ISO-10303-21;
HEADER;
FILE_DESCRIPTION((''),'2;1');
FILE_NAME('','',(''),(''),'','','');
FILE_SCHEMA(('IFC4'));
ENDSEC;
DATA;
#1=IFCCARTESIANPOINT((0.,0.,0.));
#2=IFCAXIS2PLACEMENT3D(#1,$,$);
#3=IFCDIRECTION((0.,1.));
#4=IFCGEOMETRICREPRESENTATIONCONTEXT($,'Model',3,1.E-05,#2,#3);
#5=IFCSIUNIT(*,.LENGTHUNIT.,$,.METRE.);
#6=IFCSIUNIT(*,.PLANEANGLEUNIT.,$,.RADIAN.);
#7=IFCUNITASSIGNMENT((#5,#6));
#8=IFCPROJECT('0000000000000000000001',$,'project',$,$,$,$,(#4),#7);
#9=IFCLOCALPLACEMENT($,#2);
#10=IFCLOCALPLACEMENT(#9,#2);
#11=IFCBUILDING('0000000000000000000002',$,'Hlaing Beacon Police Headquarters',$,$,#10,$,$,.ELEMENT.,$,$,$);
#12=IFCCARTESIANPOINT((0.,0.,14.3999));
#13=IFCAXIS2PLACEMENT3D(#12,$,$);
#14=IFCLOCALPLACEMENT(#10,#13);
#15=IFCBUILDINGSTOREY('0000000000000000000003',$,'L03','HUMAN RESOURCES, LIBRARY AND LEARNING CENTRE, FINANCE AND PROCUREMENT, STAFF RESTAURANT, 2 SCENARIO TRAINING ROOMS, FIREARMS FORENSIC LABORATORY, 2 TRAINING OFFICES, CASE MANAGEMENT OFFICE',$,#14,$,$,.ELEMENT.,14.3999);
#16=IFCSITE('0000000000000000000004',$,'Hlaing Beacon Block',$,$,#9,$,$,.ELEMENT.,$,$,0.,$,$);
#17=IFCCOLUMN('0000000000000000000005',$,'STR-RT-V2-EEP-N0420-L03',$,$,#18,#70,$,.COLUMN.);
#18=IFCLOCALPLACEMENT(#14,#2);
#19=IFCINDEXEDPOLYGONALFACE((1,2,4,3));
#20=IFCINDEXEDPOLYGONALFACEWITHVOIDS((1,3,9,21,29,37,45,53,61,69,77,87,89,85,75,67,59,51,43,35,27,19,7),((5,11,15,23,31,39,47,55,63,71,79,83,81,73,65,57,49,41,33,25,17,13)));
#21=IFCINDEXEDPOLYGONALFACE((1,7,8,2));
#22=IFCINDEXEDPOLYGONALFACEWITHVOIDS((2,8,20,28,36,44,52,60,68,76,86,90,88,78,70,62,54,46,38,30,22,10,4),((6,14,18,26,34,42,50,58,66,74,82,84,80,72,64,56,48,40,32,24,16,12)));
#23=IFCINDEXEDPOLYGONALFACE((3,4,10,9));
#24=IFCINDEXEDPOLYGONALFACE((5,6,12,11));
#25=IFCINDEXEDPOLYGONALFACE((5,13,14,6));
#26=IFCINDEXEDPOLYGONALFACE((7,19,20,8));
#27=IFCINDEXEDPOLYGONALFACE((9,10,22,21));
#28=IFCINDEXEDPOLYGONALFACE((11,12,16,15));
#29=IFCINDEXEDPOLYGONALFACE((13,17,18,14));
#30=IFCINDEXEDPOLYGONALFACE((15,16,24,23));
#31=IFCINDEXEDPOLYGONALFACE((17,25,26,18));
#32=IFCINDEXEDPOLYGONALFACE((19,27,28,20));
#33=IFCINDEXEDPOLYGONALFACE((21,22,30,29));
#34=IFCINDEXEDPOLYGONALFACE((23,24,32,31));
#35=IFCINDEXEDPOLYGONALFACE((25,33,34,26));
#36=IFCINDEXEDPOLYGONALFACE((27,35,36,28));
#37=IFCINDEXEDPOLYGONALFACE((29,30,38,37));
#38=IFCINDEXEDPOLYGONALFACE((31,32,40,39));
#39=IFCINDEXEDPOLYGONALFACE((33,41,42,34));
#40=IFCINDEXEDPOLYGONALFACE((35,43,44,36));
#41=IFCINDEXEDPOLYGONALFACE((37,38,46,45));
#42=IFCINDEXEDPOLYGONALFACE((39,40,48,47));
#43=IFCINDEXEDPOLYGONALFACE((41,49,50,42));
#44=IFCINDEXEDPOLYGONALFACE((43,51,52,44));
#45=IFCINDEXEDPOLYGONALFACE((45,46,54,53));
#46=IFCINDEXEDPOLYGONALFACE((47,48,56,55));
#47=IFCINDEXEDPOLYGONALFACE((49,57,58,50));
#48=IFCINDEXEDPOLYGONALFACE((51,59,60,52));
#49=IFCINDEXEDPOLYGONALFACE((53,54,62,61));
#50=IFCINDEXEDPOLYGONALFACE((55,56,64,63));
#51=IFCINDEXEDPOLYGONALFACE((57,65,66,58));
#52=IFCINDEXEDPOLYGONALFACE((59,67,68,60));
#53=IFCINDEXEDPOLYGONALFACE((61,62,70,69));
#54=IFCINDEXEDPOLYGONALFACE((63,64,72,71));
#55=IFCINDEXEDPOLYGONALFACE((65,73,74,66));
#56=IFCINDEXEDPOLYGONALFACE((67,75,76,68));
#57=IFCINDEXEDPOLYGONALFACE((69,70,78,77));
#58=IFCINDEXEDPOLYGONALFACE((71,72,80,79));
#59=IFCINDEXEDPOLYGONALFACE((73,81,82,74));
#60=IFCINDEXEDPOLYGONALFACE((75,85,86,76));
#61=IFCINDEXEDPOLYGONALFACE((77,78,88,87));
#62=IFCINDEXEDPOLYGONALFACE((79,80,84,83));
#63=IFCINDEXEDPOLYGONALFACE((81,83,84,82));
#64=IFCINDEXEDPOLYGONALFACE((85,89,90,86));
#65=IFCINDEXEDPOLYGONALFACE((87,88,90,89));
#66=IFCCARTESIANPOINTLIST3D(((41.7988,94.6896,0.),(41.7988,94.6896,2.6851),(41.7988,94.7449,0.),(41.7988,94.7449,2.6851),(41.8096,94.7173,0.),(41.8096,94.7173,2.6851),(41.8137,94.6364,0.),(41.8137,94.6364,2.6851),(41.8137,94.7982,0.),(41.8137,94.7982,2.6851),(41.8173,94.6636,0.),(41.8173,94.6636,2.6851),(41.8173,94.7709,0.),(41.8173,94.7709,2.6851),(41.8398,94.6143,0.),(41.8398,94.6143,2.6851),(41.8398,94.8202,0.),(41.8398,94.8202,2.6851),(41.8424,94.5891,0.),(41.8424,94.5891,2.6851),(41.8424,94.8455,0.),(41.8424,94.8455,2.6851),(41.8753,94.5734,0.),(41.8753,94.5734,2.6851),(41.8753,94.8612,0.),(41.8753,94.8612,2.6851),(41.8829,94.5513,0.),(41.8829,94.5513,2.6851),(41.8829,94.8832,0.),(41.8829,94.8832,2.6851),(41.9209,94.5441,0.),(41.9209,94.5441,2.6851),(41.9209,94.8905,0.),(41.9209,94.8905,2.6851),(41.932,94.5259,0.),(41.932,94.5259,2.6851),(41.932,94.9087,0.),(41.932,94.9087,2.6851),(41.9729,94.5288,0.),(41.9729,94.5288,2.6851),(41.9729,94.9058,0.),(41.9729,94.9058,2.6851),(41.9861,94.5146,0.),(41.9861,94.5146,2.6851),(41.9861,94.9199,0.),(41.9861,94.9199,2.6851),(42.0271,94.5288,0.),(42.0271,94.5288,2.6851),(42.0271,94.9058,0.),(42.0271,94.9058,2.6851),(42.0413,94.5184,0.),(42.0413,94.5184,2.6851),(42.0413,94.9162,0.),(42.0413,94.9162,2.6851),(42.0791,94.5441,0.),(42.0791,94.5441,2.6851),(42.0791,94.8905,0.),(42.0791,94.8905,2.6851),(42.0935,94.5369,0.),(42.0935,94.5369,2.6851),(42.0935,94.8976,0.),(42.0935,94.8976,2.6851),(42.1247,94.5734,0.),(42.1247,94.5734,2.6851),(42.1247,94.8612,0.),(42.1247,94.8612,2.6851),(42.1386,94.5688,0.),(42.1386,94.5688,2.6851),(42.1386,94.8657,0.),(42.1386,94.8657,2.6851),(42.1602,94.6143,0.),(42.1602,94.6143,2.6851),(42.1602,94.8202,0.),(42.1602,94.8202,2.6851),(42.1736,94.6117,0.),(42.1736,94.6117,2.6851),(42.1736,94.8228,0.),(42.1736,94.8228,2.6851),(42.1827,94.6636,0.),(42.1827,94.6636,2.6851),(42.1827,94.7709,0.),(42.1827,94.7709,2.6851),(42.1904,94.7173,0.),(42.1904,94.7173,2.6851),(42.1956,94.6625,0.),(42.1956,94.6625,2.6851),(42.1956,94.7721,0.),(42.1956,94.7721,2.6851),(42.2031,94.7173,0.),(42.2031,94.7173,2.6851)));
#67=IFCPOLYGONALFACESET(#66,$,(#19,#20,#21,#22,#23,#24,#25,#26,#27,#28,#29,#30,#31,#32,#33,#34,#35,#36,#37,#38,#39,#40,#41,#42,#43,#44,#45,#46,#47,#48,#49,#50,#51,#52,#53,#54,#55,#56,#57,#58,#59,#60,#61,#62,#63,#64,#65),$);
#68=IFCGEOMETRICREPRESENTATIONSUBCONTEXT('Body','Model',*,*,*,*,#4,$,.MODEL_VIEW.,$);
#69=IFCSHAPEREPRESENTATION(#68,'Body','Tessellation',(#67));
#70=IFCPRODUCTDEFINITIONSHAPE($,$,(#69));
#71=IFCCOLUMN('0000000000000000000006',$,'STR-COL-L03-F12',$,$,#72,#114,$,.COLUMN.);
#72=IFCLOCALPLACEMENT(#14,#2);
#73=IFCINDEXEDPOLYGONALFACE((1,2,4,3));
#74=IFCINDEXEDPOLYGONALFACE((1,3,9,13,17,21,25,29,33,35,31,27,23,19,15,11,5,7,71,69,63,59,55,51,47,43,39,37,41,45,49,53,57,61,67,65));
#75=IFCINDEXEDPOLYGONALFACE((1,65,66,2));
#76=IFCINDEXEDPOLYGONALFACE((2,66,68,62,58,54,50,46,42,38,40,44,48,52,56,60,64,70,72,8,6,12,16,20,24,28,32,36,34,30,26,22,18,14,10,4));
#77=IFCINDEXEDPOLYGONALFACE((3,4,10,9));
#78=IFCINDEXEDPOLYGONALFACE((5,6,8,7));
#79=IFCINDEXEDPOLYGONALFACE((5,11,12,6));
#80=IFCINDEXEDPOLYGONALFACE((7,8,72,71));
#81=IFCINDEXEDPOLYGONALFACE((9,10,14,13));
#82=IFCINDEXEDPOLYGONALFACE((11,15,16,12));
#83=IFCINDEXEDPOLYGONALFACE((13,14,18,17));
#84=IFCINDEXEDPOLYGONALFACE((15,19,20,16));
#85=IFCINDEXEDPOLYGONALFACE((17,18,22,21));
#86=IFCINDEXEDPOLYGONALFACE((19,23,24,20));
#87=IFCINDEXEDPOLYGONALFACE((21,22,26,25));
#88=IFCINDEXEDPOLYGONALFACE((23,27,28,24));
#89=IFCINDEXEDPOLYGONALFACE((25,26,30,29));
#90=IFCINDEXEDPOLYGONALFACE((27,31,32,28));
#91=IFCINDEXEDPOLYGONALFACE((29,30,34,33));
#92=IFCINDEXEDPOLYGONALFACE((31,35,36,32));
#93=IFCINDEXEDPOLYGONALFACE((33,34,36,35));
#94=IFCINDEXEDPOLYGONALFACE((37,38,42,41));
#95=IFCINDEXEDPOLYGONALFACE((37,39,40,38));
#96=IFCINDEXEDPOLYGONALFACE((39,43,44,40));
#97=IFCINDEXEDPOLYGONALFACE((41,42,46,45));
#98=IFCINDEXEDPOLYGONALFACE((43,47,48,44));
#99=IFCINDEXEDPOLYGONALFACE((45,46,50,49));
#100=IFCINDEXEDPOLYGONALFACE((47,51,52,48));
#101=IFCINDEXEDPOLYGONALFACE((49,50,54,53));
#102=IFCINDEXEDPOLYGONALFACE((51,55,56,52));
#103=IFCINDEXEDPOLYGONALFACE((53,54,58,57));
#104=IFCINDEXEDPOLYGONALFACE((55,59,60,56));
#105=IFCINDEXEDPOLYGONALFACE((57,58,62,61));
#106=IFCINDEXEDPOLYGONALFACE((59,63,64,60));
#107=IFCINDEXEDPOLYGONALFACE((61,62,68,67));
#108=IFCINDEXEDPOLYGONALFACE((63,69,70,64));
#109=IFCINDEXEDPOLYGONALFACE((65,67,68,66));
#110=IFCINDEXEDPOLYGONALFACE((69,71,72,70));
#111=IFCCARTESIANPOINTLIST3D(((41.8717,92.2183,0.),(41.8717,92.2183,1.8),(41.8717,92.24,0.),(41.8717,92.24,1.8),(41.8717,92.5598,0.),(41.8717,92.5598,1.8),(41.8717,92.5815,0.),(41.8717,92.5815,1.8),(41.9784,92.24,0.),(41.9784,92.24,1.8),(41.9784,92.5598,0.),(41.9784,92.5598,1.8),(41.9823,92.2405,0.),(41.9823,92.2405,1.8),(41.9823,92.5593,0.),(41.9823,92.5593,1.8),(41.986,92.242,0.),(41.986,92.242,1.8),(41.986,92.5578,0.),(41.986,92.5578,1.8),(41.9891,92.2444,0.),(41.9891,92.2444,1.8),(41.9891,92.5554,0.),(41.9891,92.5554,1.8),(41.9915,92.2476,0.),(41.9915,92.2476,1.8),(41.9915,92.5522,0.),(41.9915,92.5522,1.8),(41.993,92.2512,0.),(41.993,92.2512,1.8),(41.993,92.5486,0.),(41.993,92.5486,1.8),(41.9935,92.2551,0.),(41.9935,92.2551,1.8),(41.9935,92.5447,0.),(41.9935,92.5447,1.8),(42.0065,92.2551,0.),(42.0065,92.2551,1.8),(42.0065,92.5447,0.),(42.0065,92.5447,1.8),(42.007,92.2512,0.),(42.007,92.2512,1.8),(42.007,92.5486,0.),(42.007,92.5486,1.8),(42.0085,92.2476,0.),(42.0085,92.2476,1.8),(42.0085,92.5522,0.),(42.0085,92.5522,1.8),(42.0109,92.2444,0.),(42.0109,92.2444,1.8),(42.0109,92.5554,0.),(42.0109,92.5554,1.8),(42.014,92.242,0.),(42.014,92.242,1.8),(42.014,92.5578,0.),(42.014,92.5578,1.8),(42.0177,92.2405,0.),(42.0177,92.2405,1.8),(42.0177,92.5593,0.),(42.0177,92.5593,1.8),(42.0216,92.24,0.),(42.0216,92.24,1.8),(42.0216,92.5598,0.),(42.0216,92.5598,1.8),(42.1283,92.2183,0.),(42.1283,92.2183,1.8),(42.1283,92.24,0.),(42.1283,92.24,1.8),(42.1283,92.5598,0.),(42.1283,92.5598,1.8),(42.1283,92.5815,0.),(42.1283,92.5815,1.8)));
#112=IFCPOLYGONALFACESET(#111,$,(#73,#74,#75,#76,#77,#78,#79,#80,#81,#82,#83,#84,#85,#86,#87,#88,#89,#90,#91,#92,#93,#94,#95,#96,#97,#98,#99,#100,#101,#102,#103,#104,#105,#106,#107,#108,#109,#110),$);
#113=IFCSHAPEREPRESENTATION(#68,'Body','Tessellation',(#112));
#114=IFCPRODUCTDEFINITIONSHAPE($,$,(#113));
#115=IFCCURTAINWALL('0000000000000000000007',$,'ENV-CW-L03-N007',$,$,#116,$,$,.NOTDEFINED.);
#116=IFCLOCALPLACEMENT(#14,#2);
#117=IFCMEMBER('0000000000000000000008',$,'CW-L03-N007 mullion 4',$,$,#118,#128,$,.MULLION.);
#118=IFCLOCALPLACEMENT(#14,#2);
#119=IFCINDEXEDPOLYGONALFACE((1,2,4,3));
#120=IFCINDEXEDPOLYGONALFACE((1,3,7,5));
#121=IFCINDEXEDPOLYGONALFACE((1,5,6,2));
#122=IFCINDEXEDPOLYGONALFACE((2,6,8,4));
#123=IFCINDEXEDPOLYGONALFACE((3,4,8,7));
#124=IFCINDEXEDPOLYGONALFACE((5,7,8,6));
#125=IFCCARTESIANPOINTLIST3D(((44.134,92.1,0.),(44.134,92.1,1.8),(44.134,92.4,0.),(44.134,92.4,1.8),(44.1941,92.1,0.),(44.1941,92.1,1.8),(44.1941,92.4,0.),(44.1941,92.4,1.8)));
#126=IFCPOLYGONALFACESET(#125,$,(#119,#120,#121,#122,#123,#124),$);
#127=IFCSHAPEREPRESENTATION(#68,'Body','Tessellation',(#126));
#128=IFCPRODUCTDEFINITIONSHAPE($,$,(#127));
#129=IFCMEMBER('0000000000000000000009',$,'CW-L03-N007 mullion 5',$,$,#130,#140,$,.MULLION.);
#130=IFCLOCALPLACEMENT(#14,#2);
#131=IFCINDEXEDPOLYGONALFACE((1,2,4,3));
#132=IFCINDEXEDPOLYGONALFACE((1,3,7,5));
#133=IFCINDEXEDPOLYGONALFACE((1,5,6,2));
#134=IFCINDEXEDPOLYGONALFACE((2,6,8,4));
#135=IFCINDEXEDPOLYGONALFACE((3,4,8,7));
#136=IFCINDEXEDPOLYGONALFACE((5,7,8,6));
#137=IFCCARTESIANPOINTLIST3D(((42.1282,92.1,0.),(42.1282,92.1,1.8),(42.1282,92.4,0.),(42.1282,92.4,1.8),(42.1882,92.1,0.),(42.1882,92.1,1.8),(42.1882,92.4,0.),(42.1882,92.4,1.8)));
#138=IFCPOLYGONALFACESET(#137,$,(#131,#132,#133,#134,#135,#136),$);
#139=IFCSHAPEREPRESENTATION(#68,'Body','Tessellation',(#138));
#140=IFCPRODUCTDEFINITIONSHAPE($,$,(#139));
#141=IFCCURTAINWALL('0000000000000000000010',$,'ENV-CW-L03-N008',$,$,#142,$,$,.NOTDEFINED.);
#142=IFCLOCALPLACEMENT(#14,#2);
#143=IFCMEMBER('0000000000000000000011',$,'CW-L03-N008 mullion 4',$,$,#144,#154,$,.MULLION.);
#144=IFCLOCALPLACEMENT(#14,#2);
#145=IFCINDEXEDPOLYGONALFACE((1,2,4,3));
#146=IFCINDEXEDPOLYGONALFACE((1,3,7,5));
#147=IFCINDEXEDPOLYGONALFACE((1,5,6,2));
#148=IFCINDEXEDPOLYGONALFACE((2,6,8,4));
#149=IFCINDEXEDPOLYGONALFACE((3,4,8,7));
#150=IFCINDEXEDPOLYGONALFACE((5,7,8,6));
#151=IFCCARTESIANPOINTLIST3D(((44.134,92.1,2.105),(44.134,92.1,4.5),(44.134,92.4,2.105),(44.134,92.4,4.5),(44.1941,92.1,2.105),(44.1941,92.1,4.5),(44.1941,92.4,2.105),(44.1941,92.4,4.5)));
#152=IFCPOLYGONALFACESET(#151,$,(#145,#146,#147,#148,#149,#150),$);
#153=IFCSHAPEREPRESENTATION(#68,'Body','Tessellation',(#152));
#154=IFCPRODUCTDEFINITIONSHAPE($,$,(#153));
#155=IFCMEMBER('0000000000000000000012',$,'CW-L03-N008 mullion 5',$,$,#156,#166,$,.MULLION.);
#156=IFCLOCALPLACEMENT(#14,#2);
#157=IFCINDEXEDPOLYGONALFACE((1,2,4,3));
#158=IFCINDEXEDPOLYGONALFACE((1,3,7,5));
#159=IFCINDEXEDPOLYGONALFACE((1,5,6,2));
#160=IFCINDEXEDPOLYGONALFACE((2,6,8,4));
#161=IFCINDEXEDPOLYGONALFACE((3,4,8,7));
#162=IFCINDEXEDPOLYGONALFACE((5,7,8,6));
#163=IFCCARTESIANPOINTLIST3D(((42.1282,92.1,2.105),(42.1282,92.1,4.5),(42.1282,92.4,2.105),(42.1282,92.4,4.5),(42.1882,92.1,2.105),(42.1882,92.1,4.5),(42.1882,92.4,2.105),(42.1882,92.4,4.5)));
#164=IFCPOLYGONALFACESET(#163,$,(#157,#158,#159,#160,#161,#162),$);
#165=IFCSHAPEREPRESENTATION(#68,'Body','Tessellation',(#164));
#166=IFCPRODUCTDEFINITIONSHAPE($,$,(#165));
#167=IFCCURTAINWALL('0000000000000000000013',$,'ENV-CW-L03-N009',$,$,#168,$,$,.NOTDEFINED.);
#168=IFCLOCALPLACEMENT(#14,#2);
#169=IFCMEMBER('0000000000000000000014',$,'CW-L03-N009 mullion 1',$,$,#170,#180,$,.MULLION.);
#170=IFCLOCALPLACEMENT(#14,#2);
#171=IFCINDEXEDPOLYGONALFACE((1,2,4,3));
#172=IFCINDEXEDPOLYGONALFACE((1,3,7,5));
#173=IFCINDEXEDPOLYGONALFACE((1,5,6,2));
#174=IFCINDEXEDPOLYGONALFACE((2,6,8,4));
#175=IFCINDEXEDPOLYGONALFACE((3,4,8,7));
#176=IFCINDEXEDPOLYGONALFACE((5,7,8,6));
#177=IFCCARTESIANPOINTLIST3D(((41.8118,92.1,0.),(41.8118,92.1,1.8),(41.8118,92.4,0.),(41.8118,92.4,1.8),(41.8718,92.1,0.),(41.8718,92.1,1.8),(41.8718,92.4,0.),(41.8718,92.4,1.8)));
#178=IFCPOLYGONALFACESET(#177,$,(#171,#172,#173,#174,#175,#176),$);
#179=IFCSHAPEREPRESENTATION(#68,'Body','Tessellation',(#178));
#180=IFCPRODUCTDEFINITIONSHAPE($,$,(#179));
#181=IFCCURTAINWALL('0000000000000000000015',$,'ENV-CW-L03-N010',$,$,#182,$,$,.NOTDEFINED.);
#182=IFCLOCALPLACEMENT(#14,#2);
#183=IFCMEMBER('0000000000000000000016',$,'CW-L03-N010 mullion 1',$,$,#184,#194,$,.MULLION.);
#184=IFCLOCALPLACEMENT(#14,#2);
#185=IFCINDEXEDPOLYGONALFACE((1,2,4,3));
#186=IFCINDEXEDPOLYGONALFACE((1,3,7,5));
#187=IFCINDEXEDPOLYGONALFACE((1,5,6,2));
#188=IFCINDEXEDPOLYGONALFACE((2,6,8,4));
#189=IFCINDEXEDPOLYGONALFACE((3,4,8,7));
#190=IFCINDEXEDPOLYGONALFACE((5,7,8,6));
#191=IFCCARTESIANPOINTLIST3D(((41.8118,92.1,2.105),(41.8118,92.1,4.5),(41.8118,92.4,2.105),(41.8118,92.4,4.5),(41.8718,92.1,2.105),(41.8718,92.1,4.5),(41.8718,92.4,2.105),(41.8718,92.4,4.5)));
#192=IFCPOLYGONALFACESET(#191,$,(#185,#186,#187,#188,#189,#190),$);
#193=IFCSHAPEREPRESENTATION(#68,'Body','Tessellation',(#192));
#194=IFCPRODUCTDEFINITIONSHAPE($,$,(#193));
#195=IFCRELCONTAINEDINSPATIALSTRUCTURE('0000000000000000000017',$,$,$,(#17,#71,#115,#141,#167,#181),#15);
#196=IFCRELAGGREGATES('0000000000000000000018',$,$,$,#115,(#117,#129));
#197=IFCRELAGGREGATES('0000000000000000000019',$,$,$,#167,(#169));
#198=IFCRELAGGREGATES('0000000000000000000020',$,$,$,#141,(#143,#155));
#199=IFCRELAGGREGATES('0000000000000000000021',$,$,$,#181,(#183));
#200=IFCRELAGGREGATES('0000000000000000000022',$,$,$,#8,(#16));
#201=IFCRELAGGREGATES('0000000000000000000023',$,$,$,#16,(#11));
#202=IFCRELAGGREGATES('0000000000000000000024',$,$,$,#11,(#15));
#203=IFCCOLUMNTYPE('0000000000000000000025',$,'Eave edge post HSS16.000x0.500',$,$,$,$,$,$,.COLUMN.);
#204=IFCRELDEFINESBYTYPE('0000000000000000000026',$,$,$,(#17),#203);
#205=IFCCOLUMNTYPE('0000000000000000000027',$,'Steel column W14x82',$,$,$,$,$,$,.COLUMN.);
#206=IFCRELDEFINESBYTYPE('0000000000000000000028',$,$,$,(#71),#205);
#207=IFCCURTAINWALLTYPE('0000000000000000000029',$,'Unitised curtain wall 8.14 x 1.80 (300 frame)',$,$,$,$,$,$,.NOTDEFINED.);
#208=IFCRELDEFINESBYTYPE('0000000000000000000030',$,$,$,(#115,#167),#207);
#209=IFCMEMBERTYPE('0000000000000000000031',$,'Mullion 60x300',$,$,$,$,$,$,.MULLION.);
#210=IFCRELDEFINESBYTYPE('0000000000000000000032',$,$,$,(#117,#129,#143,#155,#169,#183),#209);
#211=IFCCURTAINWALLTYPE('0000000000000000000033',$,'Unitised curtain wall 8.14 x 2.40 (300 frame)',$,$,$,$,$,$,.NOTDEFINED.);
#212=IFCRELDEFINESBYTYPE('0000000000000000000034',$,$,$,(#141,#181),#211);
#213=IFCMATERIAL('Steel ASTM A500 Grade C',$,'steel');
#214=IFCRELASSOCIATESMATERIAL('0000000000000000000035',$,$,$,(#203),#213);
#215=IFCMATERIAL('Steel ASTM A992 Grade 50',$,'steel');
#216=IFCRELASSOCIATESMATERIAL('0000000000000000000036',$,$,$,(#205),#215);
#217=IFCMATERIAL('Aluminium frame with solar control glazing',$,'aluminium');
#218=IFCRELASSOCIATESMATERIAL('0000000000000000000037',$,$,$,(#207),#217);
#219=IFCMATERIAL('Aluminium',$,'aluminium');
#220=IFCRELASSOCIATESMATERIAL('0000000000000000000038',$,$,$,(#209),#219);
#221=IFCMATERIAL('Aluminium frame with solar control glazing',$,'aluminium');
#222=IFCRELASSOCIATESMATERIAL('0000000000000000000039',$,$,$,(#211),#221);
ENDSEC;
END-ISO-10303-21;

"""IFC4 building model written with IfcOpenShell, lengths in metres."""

from ifc_helpers import new_model, si_unit, direction, frame, origin, origin_2d, place, context, subcontext, project, spatial, rectangle, hollow_circle, i_section, extrude, material, material_profile, profile_set, type_object, element, aggregate, save


model = new_model("IFC4")

# Units and contexts
model_context = context("Model", 3, precision=1e-05, world=origin(), true_north=direction((0.0, 1.0)))
body_context = subcontext(model_context, "Body", "Model", "MODEL_VIEW")
ifc_project = project(units=[si_unit("LENGTHUNIT", "METRE"), si_unit("PLANEANGLEUNIT", "RADIAN")], contexts=[model_context])

# Site, building, storey
site_placement = place(None, origin())
site = spatial("IfcSite", under=ifc_project, at=site_placement, Name="Hlaing Beacon Block", CompositionType="ELEMENT", RefElevation=0.0)
building_placement = place(site_placement, origin())
building = spatial("IfcBuilding", under=site, at=building_placement, Name="Hlaing Beacon Police Headquarters", CompositionType="ELEMENT")
storey_placement = place(building_placement, frame((0.0, 0.0, 14.3999)))
storey = spatial("IfcBuildingStorey", under=building, at=storey_placement, Name="L03", Description="HUMAN RESOURCES, LIBRARY AND LEARNING CENTRE, FINANCE AND PROCUREMENT, STAFF RESTAURANT, 2 SCENARIO TRAINING ROOMS, FIREARMS FORENSIC LABORATORY, 2 TRAINING OFFICES, CASE MANAGEMENT OFFICE", CompositionType="ELEMENT", Elevation=14.3999)

# Columns
ifc_material_1 = material(Name="Steel ASTM A500 Grade C", Category="steel")
ifc_material_profile_1 = material_profile(ifc_material_1, hollow_circle(Radius=0.2031, WallThickness=0.0127, at=origin_2d()), Name="HSS16.000x0.500")
ifc_profile_set_1 = profile_set([ifc_material_profile_1], Name="Steel ASTM A500 Grade C")
column_type_1 = type_object("IfcColumnType", Name="Eave edge post HSS16.000x0.500", PredefinedType="COLUMN", material=ifc_profile_set_1)
column_1_placement = place(storey_placement, frame((42.0, 94.7173, 0.0), z_axis=(0.0, 0.0, 1.0), x_axis=(1.0, 0.0, 0.0)))
element("IfcColumn", 1, at=column_1_placement, inside=storey, type_object=column_type_1, Name="STR-RT-V2-EEP-N0420-L03", PredefinedType="COLUMN", context=body_context, shape_type="SweptSolid", body=[
    extrude(hollow_circle(Radius=0.2031, WallThickness=0.0127, at=origin_2d()), origin(), (0.0, 0.0, 1.0), 2.6851),
])
ifc_material_2 = material(Name="Steel ASTM A992 Grade 50", Category="steel")
ifc_material_profile_2 = material_profile(ifc_material_2, i_section(OverallWidth=0.2566, OverallDepth=0.3633, WebThickness=0.0129, FlangeThickness=0.0217, FilletRadius=0.0151, at=origin_2d()), Name="W14x82")
ifc_profile_set_2 = profile_set([ifc_material_profile_2], Name="Steel ASTM A992 Grade 50")
column_type_2 = type_object("IfcColumnType", Name="Steel column W14x82", PredefinedType="COLUMN", material=ifc_profile_set_2)
column_2_placement = place(storey_placement, frame((42.0, 92.3999, 0.0), z_axis=(0.0, 0.0, 1.0), x_axis=(1.0, 0.0, 0.0)))
element("IfcColumn", 2, at=column_2_placement, inside=storey, type_object=column_type_2, Name="STR-COL-L03-F12", PredefinedType="COLUMN", context=body_context, shape_type="SweptSolid", body=[
    extrude(i_section(OverallWidth=0.2566, OverallDepth=0.3633, WebThickness=0.0129, FlangeThickness=0.0217, FilletRadius=0.0151, at=origin_2d()), origin(), (0.0, 0.0, 1.0), 1.8),
])

# Curtain walls, members
ifc_material_3 = material(Name="Aluminium frame with solar control glazing", Category="aluminium")
curtain_wall_type_1 = type_object("IfcCurtainWallType", Name="Unitised curtain wall 8.14 x 1.80 (300 frame)", PredefinedType="NOTDEFINED", material=ifc_material_3)
curtain_wall_1_placement = place(storey_placement, origin())
curtain_wall_1 = element("IfcCurtainWall", 3, at=curtain_wall_1_placement, inside=storey, type_object=curtain_wall_type_1, Name="ENV-CW-L03-N007", PredefinedType="NOTDEFINED")
ifc_material_4 = material(Name="Aluminium", Category="aluminium")
ifc_material_profile_3 = material_profile(ifc_material_4, rectangle(XDim=0.3, YDim=0.0601, at=origin_2d()), Name="Mullion 60x300")
ifc_profile_set_3 = profile_set([ifc_material_profile_3], Name="Aluminium")
member_type_1 = type_object("IfcMemberType", Name="Mullion 60x300", PredefinedType="MULLION", material=ifc_profile_set_3)
member_1_placement = place(storey_placement, frame((44.1641, 92.25, 0.0), z_axis=(0.0, 0.0, 1.0), x_axis=(0.0, -1.0, 0.0)))
member_1 = element("IfcMember", 4, at=member_1_placement, type_object=member_type_1, Name="CW-L03-N007 mullion 4", PredefinedType="MULLION", context=body_context, shape_type="SweptSolid", body=[
    extrude(rectangle(XDim=0.3, YDim=0.0601, at=origin_2d()), origin(), (0.0, 0.0, 1.0), 1.8),
])
member_2_placement = place(storey_placement, frame((42.1582, 92.25, 0.0), z_axis=(0.0, 0.0, 1.0), x_axis=(0.0, -1.0, 0.0)))
member_2 = element("IfcMember", 5, at=member_2_placement, type_object=member_type_1, Name="CW-L03-N007 mullion 5", PredefinedType="MULLION", context=body_context, shape_type="SweptSolid", body=[
    extrude(rectangle(XDim=0.3, YDim=0.0601, at=origin_2d()), origin(), (0.0, 0.0, 1.0), 1.8),
])
ifc_material_5 = material(Name="Aluminium frame with solar control glazing", Category="aluminium")
curtain_wall_type_2 = type_object("IfcCurtainWallType", Name="Unitised curtain wall 8.14 x 2.40 (300 frame)", PredefinedType="NOTDEFINED", material=ifc_material_5)
curtain_wall_2_placement = place(storey_placement, origin())
curtain_wall_2 = element("IfcCurtainWall", 6, at=curtain_wall_2_placement, inside=storey, type_object=curtain_wall_type_2, Name="ENV-CW-L03-N008", PredefinedType="NOTDEFINED")
member_3_placement = place(storey_placement, frame((44.1641, 92.25, 2.105), z_axis=(0.0, 0.0, 1.0), x_axis=(0.0, -1.0, 0.0)))
member_3 = element("IfcMember", 7, at=member_3_placement, type_object=member_type_1, Name="CW-L03-N008 mullion 4", PredefinedType="MULLION", context=body_context, shape_type="SweptSolid", body=[
    extrude(rectangle(XDim=0.3, YDim=0.0601, at=origin_2d()), origin(), (0.0, 0.0, 1.0), 2.395),
])
member_4_placement = place(storey_placement, frame((42.1582, 92.25, 2.105), z_axis=(0.0, 0.0, 1.0), x_axis=(0.0, -1.0, 0.0)))
member_4 = element("IfcMember", 8, at=member_4_placement, type_object=member_type_1, Name="CW-L03-N008 mullion 5", PredefinedType="MULLION", context=body_context, shape_type="SweptSolid", body=[
    extrude(rectangle(XDim=0.3, YDim=0.0601, at=origin_2d()), origin(), (0.0, 0.0, 1.0), 2.395),
])

# Curtain walls, members
curtain_wall_3_placement = place(storey_placement, origin())
curtain_wall_3 = element("IfcCurtainWall", 9, at=curtain_wall_3_placement, inside=storey, type_object=curtain_wall_type_1, Name="ENV-CW-L03-N009", PredefinedType="NOTDEFINED")
member_5_placement = place(storey_placement, frame((41.8418, 92.25, 0.0), z_axis=(0.0, 0.0, 1.0), x_axis=(0.0, -1.0, 0.0)))
member_5 = element("IfcMember", 10, at=member_5_placement, type_object=member_type_1, Name="CW-L03-N009 mullion 1", PredefinedType="MULLION", context=body_context, shape_type="SweptSolid", body=[
    extrude(rectangle(XDim=0.3, YDim=0.0601, at=origin_2d()), origin(), (0.0, 0.0, 1.0), 1.8),
])
curtain_wall_4_placement = place(storey_placement, origin())
curtain_wall_4 = element("IfcCurtainWall", 11, at=curtain_wall_4_placement, inside=storey, type_object=curtain_wall_type_2, Name="ENV-CW-L03-N010", PredefinedType="NOTDEFINED")
member_6_placement = place(storey_placement, frame((41.8418, 92.25, 2.105), z_axis=(0.0, 0.0, 1.0), x_axis=(0.0, -1.0, 0.0)))
member_6 = element("IfcMember", 12, at=member_6_placement, type_object=member_type_1, Name="CW-L03-N010 mullion 1", PredefinedType="MULLION", context=body_context, shape_type="SweptSolid", body=[
    extrude(rectangle(XDim=0.3, YDim=0.0601, at=origin_2d()), origin(), (0.0, 0.0, 1.0), 2.395),
])

aggregate(curtain_wall_1, [member_1, member_2])
aggregate(curtain_wall_3, [member_5])
aggregate(curtain_wall_2, [member_3, member_4])
aggregate(curtain_wall_4, [member_6])

save(model, "model.ifc")
